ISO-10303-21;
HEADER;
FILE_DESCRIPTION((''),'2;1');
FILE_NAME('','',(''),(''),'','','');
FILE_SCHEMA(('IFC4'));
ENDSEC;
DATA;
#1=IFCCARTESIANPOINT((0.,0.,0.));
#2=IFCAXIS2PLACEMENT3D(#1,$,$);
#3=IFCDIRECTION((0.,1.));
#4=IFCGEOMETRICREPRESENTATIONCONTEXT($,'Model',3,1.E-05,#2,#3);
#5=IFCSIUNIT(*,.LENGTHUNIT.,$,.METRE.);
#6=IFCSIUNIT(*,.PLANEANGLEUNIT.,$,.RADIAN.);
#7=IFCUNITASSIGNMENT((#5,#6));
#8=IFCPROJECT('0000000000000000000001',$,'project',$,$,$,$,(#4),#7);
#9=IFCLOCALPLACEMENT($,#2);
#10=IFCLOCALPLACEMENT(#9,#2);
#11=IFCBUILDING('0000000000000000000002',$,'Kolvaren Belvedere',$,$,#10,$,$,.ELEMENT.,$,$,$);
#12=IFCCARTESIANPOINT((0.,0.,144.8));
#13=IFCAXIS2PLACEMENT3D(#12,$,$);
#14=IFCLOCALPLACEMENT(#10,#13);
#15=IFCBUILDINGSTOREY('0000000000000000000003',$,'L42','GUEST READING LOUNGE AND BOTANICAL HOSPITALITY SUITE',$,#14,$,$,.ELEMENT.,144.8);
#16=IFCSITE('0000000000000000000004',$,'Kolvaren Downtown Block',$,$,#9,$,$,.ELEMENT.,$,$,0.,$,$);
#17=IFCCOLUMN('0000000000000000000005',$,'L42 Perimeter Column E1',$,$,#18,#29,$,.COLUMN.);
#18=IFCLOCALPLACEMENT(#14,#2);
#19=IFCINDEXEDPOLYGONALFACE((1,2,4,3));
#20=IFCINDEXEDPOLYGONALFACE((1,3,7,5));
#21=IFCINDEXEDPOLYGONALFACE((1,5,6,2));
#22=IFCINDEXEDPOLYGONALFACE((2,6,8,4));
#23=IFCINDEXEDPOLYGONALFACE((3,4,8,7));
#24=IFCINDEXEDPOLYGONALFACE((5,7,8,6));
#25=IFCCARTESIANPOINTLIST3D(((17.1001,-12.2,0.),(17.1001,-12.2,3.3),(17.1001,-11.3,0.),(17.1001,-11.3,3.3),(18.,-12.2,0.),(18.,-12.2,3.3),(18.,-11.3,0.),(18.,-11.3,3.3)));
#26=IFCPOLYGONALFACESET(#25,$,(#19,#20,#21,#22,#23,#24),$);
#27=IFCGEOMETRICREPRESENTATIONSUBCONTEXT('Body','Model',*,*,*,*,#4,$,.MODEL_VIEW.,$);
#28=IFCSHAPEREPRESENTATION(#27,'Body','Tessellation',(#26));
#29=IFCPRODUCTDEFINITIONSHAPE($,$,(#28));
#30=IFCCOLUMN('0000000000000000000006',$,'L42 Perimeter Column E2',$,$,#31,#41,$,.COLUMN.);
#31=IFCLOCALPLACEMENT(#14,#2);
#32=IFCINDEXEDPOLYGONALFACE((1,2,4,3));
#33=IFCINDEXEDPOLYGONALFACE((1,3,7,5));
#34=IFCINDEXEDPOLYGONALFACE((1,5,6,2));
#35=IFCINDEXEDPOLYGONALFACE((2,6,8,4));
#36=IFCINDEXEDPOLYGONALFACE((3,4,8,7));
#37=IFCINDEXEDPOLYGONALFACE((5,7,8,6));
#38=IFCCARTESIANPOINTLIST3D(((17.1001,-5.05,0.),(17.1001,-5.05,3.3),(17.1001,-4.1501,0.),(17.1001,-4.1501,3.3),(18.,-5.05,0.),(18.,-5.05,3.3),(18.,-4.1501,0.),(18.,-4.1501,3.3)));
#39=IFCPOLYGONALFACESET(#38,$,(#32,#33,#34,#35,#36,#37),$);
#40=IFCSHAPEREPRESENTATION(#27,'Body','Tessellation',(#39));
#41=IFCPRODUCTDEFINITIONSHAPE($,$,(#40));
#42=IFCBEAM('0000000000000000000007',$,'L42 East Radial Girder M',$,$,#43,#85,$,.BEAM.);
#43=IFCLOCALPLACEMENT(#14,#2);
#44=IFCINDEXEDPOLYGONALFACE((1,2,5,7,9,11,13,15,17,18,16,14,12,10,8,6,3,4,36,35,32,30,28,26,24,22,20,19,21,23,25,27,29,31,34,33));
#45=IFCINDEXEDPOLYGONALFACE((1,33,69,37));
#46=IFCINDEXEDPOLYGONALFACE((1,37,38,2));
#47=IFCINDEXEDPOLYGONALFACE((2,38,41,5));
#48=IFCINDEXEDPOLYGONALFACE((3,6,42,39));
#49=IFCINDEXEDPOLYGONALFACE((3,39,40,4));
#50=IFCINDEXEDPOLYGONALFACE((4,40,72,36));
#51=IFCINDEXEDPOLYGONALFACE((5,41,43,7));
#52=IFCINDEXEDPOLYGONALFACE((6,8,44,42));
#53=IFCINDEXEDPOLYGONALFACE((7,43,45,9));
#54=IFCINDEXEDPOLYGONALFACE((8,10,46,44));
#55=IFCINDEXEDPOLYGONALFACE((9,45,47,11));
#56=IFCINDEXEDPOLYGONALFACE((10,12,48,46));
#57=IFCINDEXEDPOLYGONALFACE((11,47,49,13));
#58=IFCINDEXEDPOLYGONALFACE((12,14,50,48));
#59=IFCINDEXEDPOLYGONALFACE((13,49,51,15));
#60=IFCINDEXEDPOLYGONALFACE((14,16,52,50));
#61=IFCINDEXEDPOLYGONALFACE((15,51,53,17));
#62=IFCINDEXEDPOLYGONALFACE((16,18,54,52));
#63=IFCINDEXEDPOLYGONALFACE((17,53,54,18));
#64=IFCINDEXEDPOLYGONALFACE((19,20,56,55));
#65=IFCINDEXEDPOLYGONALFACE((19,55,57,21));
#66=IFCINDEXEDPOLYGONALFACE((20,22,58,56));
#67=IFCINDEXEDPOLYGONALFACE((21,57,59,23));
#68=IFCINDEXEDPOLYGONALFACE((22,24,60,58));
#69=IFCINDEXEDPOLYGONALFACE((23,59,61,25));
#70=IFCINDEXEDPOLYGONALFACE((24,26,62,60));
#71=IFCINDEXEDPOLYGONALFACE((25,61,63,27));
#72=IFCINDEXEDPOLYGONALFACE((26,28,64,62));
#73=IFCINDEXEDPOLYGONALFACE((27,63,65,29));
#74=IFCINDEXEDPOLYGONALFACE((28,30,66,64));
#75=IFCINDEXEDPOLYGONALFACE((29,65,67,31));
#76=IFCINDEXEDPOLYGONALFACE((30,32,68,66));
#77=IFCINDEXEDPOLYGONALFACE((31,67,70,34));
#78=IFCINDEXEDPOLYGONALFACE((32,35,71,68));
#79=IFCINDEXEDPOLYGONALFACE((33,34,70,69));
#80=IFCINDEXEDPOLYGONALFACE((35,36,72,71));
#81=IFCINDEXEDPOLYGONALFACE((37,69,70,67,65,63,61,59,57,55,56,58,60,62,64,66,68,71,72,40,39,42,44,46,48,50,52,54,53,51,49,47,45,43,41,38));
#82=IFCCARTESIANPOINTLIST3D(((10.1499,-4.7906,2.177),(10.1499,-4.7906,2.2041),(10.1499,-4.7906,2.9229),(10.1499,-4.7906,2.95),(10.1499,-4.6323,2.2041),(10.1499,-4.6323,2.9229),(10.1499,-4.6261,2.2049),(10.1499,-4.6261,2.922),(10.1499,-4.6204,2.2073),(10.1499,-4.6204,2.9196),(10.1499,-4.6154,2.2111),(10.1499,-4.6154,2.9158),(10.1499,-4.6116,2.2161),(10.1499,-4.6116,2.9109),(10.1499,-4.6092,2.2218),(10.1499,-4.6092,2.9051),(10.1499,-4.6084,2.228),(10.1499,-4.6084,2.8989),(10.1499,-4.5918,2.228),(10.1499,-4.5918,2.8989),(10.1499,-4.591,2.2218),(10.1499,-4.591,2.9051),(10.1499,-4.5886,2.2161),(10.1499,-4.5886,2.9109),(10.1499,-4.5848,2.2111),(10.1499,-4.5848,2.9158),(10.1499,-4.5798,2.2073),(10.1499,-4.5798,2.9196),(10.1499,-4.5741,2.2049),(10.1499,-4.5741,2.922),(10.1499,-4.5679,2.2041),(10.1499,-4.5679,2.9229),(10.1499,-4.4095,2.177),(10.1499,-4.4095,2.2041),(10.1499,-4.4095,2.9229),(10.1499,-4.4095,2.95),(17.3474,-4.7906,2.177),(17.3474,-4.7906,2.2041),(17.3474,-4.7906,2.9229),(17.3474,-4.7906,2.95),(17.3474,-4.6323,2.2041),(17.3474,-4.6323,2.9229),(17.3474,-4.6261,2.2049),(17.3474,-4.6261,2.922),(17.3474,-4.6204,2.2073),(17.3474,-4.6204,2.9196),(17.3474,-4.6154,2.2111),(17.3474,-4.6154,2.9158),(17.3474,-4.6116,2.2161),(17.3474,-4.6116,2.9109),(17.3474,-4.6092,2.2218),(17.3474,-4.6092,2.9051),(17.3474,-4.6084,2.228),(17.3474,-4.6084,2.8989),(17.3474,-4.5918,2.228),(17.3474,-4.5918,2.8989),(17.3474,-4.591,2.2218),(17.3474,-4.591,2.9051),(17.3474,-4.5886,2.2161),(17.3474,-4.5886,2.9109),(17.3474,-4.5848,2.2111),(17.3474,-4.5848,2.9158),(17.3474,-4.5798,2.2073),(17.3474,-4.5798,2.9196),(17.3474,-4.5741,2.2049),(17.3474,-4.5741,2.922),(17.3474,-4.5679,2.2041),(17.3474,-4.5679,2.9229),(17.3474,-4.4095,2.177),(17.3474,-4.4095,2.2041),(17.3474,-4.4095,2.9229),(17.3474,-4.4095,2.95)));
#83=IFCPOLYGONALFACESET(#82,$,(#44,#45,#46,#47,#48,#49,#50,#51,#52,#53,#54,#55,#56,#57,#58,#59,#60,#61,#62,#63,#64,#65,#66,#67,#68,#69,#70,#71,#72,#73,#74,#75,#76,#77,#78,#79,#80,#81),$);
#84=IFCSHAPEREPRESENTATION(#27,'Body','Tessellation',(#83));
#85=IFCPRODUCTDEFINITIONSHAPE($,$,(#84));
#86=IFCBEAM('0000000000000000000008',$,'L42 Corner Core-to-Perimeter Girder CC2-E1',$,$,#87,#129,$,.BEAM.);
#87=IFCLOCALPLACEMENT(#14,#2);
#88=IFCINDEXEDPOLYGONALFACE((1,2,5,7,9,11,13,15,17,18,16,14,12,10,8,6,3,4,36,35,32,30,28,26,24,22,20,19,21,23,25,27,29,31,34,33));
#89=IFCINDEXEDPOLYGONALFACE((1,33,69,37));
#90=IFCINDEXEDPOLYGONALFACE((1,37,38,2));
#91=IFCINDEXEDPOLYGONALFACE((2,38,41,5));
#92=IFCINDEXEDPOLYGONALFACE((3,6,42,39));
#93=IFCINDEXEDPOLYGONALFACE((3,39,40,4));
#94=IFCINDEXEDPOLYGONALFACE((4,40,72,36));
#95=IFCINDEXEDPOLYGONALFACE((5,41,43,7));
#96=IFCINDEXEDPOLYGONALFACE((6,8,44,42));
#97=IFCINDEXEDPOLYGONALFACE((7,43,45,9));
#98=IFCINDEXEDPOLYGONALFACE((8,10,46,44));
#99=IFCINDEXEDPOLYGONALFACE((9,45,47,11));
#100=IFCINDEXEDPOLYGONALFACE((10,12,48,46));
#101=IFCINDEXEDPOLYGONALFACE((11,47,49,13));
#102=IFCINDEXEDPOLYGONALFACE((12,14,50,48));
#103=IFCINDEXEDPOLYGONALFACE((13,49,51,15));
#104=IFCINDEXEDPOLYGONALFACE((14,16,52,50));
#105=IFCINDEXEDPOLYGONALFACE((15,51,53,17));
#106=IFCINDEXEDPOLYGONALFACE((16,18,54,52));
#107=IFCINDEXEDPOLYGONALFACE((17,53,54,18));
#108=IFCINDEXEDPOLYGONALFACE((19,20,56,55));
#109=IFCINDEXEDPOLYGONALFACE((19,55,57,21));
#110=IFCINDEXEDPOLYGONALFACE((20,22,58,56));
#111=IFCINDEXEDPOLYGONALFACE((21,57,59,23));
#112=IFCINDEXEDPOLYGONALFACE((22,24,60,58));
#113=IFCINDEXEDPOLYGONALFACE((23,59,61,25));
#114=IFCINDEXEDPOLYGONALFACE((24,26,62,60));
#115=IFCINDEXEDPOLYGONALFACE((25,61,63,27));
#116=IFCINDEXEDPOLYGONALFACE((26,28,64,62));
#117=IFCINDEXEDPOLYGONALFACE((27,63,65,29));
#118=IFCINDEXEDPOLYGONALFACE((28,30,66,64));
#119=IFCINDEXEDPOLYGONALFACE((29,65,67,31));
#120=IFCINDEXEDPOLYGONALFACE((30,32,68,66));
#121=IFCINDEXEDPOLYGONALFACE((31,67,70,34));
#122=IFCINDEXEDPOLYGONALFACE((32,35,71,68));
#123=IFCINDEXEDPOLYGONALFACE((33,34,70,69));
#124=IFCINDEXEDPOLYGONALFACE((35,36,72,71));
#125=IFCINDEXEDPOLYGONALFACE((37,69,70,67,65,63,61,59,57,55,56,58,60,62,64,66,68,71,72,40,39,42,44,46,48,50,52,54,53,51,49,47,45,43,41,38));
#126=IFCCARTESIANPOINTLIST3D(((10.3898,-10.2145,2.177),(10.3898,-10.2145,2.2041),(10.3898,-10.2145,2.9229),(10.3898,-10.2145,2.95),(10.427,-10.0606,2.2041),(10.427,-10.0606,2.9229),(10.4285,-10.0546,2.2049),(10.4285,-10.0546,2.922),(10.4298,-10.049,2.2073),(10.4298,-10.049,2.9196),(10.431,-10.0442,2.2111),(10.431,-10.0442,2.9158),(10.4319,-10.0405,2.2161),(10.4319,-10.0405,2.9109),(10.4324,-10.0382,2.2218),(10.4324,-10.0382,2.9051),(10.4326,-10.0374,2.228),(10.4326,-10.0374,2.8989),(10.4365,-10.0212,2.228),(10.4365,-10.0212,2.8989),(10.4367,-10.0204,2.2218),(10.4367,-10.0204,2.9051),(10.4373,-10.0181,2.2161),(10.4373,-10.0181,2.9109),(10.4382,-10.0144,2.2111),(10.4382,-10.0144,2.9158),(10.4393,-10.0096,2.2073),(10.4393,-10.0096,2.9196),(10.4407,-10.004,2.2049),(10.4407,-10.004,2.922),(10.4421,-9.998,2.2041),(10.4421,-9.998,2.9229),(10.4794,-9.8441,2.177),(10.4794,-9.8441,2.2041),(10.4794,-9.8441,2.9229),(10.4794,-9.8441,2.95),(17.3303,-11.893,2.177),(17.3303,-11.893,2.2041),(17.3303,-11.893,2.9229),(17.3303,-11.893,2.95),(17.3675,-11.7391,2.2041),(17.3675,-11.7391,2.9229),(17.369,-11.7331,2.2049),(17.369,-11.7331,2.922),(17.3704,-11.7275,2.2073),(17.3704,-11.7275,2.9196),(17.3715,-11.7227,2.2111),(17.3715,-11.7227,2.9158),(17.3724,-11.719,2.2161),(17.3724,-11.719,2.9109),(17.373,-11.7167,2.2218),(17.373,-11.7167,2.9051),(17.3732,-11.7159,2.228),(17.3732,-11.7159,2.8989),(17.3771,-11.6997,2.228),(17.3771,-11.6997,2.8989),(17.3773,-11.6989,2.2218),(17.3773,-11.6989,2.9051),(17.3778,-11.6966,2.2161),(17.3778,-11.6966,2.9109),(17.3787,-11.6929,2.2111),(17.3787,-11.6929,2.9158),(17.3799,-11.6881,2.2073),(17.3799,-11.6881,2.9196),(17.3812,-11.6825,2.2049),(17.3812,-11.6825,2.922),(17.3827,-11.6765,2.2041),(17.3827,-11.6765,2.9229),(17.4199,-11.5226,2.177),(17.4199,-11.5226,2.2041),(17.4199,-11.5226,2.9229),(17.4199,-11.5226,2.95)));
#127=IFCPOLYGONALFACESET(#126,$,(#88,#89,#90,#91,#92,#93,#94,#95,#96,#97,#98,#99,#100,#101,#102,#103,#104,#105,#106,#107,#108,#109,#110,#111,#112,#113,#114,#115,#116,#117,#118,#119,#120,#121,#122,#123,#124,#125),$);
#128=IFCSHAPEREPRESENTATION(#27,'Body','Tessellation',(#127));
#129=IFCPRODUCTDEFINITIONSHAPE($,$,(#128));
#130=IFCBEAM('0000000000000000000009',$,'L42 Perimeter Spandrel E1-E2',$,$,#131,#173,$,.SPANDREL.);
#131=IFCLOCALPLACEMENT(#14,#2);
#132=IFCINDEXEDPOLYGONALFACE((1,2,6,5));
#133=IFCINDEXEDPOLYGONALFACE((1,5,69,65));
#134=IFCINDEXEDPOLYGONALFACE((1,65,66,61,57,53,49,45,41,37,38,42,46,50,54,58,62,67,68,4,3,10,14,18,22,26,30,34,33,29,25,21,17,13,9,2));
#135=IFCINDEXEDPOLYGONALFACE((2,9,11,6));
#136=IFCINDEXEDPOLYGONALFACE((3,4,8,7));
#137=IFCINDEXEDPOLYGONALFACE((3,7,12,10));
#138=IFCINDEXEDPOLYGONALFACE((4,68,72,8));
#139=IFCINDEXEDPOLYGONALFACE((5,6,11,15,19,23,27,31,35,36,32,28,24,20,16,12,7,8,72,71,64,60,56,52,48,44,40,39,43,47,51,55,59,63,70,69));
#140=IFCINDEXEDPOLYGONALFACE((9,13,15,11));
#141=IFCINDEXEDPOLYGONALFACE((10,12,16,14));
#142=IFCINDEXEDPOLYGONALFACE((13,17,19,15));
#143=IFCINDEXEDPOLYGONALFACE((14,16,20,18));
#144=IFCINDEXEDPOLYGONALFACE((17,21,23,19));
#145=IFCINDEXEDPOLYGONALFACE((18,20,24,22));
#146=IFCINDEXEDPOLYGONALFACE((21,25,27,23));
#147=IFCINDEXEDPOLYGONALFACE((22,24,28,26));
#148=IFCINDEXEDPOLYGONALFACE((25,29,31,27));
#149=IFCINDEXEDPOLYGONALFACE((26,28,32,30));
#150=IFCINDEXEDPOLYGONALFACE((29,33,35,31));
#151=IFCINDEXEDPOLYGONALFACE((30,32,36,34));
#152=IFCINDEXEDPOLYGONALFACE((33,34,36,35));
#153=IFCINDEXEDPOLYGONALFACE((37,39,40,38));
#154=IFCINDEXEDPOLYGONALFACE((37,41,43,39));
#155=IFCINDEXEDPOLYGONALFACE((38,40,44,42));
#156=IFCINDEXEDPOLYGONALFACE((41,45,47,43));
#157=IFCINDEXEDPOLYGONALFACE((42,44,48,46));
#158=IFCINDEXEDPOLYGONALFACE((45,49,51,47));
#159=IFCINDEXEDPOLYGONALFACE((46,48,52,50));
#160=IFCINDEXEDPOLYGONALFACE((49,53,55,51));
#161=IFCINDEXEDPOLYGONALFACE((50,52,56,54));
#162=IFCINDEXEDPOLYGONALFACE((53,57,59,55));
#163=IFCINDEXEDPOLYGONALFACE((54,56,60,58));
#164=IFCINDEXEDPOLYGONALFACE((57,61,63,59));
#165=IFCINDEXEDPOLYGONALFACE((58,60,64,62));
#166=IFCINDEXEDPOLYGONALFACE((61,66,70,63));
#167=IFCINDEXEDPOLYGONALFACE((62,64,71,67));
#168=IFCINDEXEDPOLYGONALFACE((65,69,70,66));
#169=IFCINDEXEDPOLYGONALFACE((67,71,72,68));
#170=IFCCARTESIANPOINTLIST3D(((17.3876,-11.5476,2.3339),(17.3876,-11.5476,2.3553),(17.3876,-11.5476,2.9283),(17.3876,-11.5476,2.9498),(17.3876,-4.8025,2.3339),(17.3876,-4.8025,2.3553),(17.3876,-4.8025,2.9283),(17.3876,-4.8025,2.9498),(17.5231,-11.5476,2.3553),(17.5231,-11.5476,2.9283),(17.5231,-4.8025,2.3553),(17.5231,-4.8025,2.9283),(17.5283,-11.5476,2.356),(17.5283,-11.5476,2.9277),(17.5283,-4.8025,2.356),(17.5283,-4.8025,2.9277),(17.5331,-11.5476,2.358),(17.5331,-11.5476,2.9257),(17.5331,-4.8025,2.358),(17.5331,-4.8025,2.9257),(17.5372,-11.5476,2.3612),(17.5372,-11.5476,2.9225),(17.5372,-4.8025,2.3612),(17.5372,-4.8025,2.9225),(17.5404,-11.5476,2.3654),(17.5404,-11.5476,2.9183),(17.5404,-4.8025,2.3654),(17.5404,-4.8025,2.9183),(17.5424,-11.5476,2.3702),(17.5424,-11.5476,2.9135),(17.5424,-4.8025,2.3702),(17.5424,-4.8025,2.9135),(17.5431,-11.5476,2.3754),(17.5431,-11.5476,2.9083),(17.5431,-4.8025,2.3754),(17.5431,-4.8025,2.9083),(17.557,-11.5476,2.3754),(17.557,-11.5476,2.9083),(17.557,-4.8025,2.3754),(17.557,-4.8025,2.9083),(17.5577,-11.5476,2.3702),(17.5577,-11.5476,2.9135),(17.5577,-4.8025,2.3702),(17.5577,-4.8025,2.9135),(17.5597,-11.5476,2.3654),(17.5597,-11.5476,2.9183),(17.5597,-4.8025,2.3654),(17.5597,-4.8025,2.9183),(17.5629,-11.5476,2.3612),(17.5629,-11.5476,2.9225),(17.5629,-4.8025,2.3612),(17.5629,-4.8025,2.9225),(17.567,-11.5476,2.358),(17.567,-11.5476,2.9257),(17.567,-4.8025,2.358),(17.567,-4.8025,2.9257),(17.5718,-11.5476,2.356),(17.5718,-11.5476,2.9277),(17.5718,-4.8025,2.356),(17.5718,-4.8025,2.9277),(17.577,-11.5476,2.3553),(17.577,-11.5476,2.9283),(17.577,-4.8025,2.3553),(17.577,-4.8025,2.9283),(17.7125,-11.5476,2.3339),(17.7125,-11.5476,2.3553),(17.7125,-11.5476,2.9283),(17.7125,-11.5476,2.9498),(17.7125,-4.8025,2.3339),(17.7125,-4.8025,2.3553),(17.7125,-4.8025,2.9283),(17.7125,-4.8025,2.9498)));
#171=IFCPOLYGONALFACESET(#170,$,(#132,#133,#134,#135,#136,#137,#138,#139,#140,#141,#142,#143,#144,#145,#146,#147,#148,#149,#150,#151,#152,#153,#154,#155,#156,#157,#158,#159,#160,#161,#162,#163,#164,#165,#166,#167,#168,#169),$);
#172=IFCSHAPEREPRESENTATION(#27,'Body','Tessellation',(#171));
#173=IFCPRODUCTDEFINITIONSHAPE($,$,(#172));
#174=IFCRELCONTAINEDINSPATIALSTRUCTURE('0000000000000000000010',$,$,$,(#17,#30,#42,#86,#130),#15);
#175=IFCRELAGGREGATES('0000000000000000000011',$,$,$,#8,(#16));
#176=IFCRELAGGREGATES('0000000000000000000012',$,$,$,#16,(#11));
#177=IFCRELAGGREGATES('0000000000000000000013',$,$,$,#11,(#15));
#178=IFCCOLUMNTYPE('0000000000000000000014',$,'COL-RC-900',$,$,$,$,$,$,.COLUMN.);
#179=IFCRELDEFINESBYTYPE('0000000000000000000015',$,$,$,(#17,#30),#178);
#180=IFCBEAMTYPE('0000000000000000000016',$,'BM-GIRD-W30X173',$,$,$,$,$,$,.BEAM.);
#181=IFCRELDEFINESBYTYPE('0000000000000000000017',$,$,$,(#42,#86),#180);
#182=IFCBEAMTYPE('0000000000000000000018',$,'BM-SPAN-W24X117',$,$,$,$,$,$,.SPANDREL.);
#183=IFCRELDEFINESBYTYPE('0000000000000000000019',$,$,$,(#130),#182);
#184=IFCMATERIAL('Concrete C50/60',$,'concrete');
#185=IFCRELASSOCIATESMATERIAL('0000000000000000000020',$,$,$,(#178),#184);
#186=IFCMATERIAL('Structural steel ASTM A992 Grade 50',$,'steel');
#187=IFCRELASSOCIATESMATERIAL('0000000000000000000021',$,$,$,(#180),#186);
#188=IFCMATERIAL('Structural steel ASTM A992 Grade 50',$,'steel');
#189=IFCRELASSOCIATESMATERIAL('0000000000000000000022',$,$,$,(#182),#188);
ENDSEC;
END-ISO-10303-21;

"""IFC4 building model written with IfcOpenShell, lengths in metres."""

from ifc_helpers import new_model, si_unit, direction, frame, origin, origin_2d, place, context, subcontext, project, spatial, rectangle, i_section, extrude, material, material_profile, profile_set, type_object, element, save


model = new_model("IFC4")

# Units and contexts
model_context = context("Model", 3, precision=1e-05, world=origin(), true_north=direction((0.0, 1.0)))
body_context = subcontext(model_context, "Body", "Model", "MODEL_VIEW")
ifc_project = project(units=[si_unit("LENGTHUNIT", "METRE"), si_unit("PLANEANGLEUNIT", "RADIAN")], contexts=[model_context])

# Site, building, storey
site_placement = place(None, origin())
site = spatial("IfcSite", under=ifc_project, at=site_placement, Name="Kolvaren Downtown Block", CompositionType="ELEMENT", RefElevation=0.0)
building_placement = place(site_placement, origin())
building = spatial("IfcBuilding", under=site, at=building_placement, Name="Kolvaren Belvedere", CompositionType="ELEMENT")
storey_placement = place(building_placement, frame((0.0, 0.0, 144.8)))
storey = spatial("IfcBuildingStorey", under=building, at=storey_placement, Name="L42", Description="GUEST READING LOUNGE AND BOTANICAL HOSPITALITY SUITE", CompositionType="ELEMENT", Elevation=144.8)

# Columns
ifc_material_1 = material(Name="Concrete C50/60", Category="concrete")
ifc_material_profile_1 = material_profile(ifc_material_1, rectangle(XDim=0.8999, YDim=0.8999, at=origin_2d()), Name="RC 900X900")
ifc_profile_set_1 = profile_set([ifc_material_profile_1], Name="Concrete C50/60")
column_type = type_object("IfcColumnType", Name="COL-RC-900", PredefinedType="COLUMN", material=ifc_profile_set_1)
for number, where, z_axis, x_axis, name in (
    (1, (17.55, -11.75, 0.0), (0.0, 0.0, 1.0), (1.0, 0.0, 0.0), "L42 Perimeter Column E1"),
    (2, (17.55, -4.6001, 0.0), (0.0, 0.0, 1.0), (1.0, 0.0, 0.0), "L42 Perimeter Column E2"),
):
    element("IfcColumn", number, at=place(storey_placement, frame(where, z_axis=z_axis, x_axis=x_axis)), inside=storey, type_object=column_type, Name=name, PredefinedType="COLUMN", context=body_context, shape_type="SweptSolid", body=[
        extrude(rectangle(XDim=0.8999, YDim=0.8999, at=origin_2d()), origin(), (0.0, 0.0, 1.0), 3.3),
    ])

# Beams
ifc_material_2 = material(Name="Structural steel ASTM A992 Grade 50", Category="steel")
ifc_material_profile_2 = material_profile(ifc_material_2, i_section(OverallWidth=0.3811, OverallDepth=0.7729, WebThickness=0.0166, FlangeThickness=0.0271, FilletRadius=0.0239, at=origin_2d()), Name="W30X173")
ifc_profile_set_2 = profile_set([ifc_material_profile_2], Name="Structural steel ASTM A992 Grade 50")
beam_type_1 = type_object("IfcBeamType", Name="BM-GIRD-W30X173", PredefinedType="BEAM", material=ifc_profile_set_2)
beam_1_placement = place(storey_placement, frame((10.1499, -4.6001, 2.5635), z_axis=(1.0, 0.0, 0.0), x_axis=(0.0, 1.0, 0.0)))
element("IfcBeam", 3, at=beam_1_placement, inside=storey, type_object=beam_type_1, Name="L42 East Radial Girder M", PredefinedType="BEAM", context=body_context, shape_type="SweptSolid", body=[
    extrude(i_section(OverallWidth=0.3811, OverallDepth=0.7729, WebThickness=0.0166, FlangeThickness=0.0271, FilletRadius=0.0239, at=origin_2d()), origin(), (0.0, 0.0, 1.0), 7.1975),
])
beam_2_placement = place(storey_placement, frame((10.4346, -10.0293, 2.5635), z_axis=(0.97198, -0.235063, 0.0), x_axis=(0.235063, 0.97198, 0.0)))
element("IfcBeam", 4, at=beam_2_placement, inside=storey, type_object=beam_type_1, Name="L42 Corner Core-to-Perimeter Girder CC2-E1", PredefinedType="BEAM", context=body_context, shape_type="SweptSolid", body=[
    extrude(i_section(OverallWidth=0.3811, OverallDepth=0.7729, WebThickness=0.0166, FlangeThickness=0.0271, FilletRadius=0.0239, at=origin_2d()), origin(), (0.0, 0.0, 1.0), 7.1406),
])
ifc_material_3 = material(Name="Structural steel ASTM A992 Grade 50", Category="steel")
ifc_material_profile_3 = material_profile(ifc_material_3, i_section(OverallWidth=0.325, OverallDepth=0.616, WebThickness=0.0139, FlangeThickness=0.0215, FilletRadius=0.02, at=origin_2d()), Name="W24X117")
ifc_profile_set_3 = profile_set([ifc_material_profile_3], Name="Structural steel ASTM A992 Grade 50")
beam_type_2 = type_object("IfcBeamType", Name="BM-SPAN-W24X117", PredefinedType="SPANDREL", material=ifc_profile_set_3)
beam_3_placement = place(storey_placement, frame((17.55, -11.5476, 2.6418), z_axis=(0.0, 1.0, 0.0), x_axis=(-1.0, 0.0, 0.0)))
element("IfcBeam", 5, at=beam_3_placement, inside=storey, type_object=beam_type_2, Name="L42 Perimeter Spandrel E1-E2", PredefinedType="SPANDREL", context=body_context, shape_type="SweptSolid", body=[
    extrude(i_section(OverallWidth=0.325, OverallDepth=0.616, WebThickness=0.0139, FlangeThickness=0.0215, FilletRadius=0.02, at=origin_2d()), origin(), (0.0, 0.0, 1.0), 6.7451),
])

save(model, "model.ifc")
